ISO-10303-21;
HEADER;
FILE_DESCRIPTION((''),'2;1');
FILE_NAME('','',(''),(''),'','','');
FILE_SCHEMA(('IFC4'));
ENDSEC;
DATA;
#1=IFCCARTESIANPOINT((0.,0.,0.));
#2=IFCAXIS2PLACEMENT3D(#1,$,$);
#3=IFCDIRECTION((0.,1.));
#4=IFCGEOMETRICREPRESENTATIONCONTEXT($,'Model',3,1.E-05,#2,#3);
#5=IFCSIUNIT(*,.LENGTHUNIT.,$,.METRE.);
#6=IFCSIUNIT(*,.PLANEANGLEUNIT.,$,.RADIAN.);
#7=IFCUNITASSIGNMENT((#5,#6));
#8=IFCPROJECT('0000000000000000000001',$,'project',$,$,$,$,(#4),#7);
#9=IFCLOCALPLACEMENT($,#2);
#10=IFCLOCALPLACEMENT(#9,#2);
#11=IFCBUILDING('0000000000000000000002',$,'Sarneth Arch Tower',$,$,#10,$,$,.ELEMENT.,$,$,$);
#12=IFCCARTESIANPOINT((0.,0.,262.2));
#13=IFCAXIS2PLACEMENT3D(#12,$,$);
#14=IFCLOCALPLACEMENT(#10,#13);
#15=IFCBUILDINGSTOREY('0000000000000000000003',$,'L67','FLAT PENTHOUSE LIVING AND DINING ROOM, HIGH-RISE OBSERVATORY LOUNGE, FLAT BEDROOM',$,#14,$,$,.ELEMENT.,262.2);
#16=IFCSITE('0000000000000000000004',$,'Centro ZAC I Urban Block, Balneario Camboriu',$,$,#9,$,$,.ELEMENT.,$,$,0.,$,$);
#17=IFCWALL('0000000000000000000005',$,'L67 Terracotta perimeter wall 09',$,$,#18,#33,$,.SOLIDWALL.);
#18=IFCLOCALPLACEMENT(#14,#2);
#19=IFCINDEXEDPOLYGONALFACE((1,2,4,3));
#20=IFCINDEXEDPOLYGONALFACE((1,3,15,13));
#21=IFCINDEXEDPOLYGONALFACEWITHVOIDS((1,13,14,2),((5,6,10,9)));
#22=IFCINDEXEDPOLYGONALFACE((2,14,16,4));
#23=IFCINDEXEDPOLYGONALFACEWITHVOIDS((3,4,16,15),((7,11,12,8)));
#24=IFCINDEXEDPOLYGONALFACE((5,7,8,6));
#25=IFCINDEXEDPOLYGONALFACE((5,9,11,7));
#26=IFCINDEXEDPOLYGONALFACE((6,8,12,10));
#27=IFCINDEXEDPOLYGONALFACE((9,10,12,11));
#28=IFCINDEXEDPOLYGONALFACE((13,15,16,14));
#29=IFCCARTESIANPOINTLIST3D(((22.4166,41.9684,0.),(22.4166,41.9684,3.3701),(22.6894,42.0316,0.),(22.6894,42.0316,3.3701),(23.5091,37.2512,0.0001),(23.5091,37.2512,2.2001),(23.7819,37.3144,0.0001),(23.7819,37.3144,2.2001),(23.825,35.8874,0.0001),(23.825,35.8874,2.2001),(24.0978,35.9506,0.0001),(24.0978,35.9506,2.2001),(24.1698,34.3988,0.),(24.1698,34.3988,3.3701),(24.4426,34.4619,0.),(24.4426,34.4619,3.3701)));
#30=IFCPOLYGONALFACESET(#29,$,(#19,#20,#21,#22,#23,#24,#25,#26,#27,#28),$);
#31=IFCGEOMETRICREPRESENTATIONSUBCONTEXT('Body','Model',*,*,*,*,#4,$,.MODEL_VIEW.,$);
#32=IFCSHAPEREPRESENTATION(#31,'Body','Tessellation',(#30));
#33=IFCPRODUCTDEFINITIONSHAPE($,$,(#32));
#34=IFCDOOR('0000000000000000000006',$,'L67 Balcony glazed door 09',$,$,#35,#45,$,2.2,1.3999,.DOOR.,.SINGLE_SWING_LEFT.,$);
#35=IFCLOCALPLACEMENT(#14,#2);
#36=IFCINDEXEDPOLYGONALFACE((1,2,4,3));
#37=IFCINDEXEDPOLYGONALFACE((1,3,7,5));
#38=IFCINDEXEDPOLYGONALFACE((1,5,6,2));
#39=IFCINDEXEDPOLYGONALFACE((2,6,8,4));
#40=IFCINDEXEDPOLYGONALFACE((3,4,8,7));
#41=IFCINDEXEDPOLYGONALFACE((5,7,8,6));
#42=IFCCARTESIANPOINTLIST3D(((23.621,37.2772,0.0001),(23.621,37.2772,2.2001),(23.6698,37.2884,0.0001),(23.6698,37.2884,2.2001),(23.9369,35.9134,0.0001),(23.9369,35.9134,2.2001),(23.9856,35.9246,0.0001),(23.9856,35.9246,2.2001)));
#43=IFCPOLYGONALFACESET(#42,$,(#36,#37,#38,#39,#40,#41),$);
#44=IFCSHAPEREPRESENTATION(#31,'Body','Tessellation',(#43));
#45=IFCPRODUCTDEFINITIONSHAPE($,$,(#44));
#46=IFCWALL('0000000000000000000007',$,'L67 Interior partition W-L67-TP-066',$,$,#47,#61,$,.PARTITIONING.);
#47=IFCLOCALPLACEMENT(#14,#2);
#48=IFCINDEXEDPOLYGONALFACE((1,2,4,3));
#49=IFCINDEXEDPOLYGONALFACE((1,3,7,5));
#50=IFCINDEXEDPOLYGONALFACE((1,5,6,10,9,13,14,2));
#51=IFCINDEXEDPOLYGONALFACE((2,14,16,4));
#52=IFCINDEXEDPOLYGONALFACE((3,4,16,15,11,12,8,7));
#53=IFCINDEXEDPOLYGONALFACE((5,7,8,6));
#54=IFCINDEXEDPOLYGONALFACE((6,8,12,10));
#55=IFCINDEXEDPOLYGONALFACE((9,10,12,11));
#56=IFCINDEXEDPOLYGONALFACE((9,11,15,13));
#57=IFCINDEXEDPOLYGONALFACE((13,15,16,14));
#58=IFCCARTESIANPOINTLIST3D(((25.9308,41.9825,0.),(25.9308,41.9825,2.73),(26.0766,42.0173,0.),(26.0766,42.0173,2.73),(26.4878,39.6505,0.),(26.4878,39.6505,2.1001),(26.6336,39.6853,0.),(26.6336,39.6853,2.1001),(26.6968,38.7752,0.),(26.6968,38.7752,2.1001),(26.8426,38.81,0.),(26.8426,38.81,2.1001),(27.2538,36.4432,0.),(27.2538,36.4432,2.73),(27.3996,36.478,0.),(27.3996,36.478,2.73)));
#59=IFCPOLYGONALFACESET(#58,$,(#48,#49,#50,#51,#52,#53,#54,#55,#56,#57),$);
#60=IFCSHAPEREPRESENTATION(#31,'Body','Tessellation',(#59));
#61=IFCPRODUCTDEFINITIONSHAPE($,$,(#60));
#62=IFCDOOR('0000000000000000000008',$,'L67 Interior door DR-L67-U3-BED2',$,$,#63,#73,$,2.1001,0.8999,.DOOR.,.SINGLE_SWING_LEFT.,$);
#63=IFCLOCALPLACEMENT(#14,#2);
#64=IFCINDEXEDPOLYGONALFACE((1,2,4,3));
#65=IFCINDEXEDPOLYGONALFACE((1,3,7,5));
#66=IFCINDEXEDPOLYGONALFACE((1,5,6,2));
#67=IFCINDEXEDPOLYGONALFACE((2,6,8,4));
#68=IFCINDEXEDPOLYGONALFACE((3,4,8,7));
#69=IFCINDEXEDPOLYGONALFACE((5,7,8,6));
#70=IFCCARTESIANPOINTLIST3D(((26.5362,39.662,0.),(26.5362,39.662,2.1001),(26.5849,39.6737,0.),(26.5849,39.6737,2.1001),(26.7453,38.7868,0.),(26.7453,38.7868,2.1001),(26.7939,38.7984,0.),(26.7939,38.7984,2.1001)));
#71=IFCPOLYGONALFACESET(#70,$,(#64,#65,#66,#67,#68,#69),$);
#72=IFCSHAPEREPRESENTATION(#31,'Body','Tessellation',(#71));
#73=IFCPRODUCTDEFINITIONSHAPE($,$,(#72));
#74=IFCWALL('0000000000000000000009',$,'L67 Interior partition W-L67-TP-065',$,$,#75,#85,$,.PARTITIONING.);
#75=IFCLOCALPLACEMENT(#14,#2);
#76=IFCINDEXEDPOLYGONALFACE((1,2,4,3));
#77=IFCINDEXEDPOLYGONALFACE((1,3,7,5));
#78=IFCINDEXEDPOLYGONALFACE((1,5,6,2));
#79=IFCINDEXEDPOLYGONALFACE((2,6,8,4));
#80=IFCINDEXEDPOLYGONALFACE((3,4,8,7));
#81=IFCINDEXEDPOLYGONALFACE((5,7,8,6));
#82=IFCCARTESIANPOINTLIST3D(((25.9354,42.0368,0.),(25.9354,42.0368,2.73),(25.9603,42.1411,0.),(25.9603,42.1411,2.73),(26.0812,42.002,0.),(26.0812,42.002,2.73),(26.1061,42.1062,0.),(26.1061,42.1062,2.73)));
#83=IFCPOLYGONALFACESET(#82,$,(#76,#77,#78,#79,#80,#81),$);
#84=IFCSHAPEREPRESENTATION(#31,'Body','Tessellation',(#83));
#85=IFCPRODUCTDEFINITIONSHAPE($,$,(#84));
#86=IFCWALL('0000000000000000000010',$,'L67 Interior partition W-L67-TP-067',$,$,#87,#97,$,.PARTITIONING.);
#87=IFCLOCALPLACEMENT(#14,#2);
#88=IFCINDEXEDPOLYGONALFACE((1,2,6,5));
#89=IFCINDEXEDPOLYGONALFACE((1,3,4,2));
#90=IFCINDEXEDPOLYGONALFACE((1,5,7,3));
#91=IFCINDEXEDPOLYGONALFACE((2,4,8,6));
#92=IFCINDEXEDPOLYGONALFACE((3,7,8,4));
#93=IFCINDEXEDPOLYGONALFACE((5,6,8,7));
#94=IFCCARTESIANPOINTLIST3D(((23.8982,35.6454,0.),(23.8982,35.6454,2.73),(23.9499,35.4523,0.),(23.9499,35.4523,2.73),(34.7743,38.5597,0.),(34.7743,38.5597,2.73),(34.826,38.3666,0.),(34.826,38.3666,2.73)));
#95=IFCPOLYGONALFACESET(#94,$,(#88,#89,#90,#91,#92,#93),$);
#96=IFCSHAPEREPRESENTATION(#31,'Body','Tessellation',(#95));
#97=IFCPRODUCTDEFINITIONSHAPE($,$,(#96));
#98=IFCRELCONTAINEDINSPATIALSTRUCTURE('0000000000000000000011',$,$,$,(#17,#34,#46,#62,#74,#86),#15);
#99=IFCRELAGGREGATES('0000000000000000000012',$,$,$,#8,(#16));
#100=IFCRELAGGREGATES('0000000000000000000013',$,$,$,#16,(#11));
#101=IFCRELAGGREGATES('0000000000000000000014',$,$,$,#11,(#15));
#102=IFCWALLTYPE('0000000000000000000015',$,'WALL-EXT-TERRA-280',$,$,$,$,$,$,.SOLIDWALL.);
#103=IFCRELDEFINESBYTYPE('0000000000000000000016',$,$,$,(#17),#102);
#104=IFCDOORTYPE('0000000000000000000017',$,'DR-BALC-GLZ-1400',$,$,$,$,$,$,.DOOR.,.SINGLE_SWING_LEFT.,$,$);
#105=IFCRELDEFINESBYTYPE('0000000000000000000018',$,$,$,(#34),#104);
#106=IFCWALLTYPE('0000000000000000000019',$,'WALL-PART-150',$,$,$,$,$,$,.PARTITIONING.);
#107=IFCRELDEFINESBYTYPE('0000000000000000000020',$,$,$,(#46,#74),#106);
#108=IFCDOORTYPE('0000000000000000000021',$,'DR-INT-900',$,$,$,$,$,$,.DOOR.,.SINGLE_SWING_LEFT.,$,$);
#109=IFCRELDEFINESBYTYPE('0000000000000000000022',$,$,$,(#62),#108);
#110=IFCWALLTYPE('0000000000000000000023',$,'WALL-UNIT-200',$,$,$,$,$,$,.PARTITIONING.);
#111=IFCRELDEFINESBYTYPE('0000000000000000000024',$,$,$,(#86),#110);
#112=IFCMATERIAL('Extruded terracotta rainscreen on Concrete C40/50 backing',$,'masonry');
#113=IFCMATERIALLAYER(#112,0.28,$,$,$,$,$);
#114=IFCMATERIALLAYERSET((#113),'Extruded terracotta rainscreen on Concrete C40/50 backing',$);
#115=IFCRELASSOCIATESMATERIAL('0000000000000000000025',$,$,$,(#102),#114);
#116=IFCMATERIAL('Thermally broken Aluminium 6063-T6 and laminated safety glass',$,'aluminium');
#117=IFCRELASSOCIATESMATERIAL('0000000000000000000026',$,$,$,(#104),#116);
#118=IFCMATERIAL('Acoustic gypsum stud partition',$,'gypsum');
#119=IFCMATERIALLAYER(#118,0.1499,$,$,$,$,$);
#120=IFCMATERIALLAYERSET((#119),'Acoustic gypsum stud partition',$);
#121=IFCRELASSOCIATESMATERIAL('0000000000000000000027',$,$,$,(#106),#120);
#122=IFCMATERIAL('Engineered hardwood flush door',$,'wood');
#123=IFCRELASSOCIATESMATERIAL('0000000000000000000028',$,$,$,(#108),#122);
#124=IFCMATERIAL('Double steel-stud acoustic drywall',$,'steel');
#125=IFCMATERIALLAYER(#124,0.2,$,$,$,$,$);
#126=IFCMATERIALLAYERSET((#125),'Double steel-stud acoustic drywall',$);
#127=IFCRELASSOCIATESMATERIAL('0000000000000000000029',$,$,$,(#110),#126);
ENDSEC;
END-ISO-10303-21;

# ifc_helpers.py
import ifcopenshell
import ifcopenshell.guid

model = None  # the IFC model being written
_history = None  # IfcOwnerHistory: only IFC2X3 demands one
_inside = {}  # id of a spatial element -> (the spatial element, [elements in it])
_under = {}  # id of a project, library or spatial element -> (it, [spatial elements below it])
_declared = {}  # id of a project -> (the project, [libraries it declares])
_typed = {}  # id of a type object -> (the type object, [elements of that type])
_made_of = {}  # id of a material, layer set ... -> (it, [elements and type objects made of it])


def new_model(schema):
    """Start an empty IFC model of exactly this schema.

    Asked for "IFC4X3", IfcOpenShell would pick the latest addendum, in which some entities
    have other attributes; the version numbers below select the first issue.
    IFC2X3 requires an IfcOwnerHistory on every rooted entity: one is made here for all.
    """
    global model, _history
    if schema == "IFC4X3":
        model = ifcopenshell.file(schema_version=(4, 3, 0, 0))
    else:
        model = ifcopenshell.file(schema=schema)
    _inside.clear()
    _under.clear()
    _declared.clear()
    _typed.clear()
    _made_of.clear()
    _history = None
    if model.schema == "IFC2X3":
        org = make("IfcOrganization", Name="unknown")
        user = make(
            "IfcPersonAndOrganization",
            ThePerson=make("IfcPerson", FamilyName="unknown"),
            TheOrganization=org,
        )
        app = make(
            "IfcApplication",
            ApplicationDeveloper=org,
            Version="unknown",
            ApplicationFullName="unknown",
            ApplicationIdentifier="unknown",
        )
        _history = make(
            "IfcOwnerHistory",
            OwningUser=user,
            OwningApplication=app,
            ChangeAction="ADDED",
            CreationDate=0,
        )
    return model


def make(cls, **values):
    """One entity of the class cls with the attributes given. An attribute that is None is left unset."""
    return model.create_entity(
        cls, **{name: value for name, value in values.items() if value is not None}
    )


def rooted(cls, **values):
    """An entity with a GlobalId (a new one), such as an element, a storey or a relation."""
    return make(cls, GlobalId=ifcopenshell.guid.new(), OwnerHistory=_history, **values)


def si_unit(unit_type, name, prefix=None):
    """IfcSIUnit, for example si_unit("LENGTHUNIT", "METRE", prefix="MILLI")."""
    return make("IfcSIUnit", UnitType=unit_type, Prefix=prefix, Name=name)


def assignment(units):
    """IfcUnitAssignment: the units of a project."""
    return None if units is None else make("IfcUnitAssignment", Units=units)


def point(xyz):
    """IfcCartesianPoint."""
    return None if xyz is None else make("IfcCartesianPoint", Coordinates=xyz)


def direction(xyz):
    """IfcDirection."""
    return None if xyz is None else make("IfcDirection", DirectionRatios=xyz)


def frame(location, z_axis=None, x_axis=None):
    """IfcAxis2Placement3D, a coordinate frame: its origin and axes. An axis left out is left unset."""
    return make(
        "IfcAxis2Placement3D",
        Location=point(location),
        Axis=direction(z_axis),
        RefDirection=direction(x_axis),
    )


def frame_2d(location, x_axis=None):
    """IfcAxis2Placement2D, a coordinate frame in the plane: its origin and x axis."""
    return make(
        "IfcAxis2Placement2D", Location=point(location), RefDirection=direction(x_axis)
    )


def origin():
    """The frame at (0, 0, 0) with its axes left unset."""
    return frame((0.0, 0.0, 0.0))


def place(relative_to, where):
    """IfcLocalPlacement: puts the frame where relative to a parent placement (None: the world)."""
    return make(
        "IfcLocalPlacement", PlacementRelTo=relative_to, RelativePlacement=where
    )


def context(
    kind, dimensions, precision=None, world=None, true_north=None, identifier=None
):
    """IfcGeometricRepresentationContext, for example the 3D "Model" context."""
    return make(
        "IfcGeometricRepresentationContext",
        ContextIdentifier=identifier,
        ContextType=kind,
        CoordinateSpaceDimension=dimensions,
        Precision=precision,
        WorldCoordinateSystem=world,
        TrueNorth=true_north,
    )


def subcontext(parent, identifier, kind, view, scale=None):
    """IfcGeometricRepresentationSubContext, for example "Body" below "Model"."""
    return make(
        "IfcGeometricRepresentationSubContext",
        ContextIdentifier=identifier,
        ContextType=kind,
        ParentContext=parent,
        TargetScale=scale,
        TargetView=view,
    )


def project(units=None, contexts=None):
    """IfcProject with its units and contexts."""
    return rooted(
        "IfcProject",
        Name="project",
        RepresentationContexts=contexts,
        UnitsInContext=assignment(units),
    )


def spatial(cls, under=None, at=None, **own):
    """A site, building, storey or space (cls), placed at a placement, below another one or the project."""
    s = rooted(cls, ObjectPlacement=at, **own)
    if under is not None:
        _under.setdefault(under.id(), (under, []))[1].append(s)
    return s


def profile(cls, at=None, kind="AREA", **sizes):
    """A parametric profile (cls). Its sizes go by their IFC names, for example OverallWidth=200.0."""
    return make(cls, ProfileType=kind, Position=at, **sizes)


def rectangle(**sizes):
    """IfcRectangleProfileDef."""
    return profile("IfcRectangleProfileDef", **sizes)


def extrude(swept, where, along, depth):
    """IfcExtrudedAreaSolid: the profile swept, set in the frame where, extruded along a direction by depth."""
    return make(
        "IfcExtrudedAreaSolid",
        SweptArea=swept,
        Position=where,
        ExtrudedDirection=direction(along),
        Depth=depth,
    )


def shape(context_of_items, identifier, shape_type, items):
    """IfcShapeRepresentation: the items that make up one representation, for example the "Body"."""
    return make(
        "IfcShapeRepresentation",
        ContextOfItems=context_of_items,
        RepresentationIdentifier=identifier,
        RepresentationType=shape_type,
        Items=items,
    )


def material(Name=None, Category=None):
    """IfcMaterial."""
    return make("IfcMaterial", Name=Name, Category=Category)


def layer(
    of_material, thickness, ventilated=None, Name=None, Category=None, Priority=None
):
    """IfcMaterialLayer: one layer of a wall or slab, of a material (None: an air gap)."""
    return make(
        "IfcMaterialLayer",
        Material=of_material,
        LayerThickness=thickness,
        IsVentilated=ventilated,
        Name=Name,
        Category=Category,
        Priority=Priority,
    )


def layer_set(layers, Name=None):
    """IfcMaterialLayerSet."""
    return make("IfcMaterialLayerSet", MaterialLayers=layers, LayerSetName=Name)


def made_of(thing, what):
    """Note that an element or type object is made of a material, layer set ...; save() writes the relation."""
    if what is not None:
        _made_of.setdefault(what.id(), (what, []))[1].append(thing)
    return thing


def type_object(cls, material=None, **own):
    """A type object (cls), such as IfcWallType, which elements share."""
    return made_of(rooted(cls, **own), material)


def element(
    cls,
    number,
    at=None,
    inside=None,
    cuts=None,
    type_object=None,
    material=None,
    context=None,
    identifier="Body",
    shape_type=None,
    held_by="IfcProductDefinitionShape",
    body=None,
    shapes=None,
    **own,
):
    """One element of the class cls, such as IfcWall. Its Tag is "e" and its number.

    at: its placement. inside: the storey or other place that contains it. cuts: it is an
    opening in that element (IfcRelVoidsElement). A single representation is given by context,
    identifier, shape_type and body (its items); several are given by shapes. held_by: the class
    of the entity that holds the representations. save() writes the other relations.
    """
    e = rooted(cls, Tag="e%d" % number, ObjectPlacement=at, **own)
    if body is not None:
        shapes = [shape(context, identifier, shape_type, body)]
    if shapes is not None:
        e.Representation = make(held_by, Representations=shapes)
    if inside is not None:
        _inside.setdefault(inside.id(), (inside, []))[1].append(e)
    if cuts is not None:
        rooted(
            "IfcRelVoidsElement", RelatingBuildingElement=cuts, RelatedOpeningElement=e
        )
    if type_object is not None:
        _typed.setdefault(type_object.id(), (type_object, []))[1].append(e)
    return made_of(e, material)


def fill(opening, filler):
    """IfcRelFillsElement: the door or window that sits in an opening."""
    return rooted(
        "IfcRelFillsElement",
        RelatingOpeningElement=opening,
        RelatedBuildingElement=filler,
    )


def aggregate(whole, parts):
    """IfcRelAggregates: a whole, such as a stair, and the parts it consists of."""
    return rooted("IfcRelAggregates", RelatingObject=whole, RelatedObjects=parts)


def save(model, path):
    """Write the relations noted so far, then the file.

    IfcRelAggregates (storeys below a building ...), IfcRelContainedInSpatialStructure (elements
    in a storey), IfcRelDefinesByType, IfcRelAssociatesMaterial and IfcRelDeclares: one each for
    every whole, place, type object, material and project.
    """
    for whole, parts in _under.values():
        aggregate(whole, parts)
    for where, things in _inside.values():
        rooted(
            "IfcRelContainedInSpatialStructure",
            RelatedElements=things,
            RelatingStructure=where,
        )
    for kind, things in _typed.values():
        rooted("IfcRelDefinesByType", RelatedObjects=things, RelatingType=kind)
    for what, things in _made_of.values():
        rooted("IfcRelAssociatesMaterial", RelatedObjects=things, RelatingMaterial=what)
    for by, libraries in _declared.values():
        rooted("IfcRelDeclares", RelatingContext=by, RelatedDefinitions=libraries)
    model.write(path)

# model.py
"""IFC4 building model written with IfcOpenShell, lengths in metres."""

from ifc_helpers import new_model, si_unit, direction, frame, frame_2d, origin, place, context, subcontext, project, spatial, rectangle, extrude, material, layer, layer_set, type_object, element, fill, save


model = new_model("IFC4")

# Units and contexts
model_context = context("Model", 3, precision=1e-05, world=origin(), true_north=direction((0.0, 1.0)))
body_context = subcontext(model_context, "Body", "Model", "MODEL_VIEW")
ifc_project = project(units=[si_unit("LENGTHUNIT", "METRE"), si_unit("PLANEANGLEUNIT", "RADIAN")], contexts=[model_context])

# Site, building, storey
site_placement = place(None, origin())
site = spatial("IfcSite", under=ifc_project, at=site_placement, Name="Centro ZAC I Urban Block, Balneario Camboriu", CompositionType="ELEMENT", RefElevation=0.0)
building_placement = place(site_placement, origin())
building = spatial("IfcBuilding", under=site, at=building_placement, Name="Sarneth Arch Tower", CompositionType="ELEMENT")
storey_placement = place(building_placement, frame((0.0, 0.0, 262.2)))
storey = spatial("IfcBuildingStorey", under=building, at=storey_placement, Name="L67", Description="FLAT PENTHOUSE LIVING AND DINING ROOM, HIGH-RISE OBSERVATORY LOUNGE, FLAT BEDROOM", CompositionType="ELEMENT", Elevation=262.2)

# Walls, openings, doors
ifc_material_1 = material(Name="Extruded terracotta rainscreen on Concrete C40/50 backing", Category="masonry")
ifc_layer_1 = layer(ifc_material_1, 0.28)
ifc_layer_set_1 = layer_set([ifc_layer_1], Name="Extruded terracotta rainscreen on Concrete C40/50 backing")
wall_type_1 = type_object("IfcWallType", Name="WALL-EXT-TERRA-280", PredefinedType="SOLIDWALL", material=ifc_layer_set_1)
wall_1_placement = place(storey_placement, frame((22.553, 42.0, 0.0), z_axis=(0.0, 0.0, 1.0), x_axis=(0.225635, -0.974212, 0.0)))
wall_1 = element("IfcWall", 1, at=wall_1_placement, inside=storey, type_object=wall_type_1, Name="L67 Terracotta perimeter wall 09", PredefinedType="SOLIDWALL", context=body_context, shape_type="SweptSolid", body=[
    extrude(rectangle(XDim=7.77, YDim=0.28, at=frame_2d((3.885, 0.0))), origin(), (0.0, 0.0, 1.0), 3.3701),
])
opening_1_placement = place(wall_1_placement, frame((4.842, 0.0, 0.0)))
opening_1 = element("IfcOpeningElement", 2, at=opening_1_placement, cuts=wall_1, PredefinedType="OPENING", context=body_context, shape_type="SweptSolid", body=[
    extrude(rectangle(XDim=1.3999, YDim=2.2, at=frame_2d((0.7, 1.1001))), frame((0.0, 0.1499, 0.0), z_axis=(0.0, -1.0, 0.0), x_axis=(1.0, 0.0, 0.0)), (0.0, 0.0, 1.0), 0.3),
])
ifc_material_2 = material(Name="Thermally broken Aluminium 6063-T6 and laminated safety glass", Category="aluminium")
door_type_1 = type_object("IfcDoorType", Name="DR-BALC-GLZ-1400", OperationType="SINGLE_SWING_LEFT", PredefinedType="DOOR", material=ifc_material_2)
door_1_placement = place(opening_1_placement, origin())
door_1 = element("IfcDoor", 3, at=door_1_placement, inside=storey, type_object=door_type_1, Name="L67 Balcony glazed door 09", OperationType="SINGLE_SWING_LEFT", OverallHeight=2.2, OverallWidth=1.3999, PredefinedType="DOOR", context=body_context, shape_type="SweptSolid", body=[
    extrude(rectangle(XDim=1.3999, YDim=2.2, at=frame_2d((0.7, 1.1001))), frame((0.0, 0.0249, 0.0), z_axis=(0.0, -1.0, 0.0), x_axis=(1.0, 0.0, 0.0)), (0.0, 0.0, 1.0), 0.05),
])
fill(opening_1, door_1)
ifc_material_3 = material(Name="Acoustic gypsum stud partition", Category="gypsum")
ifc_layer_2 = layer(ifc_material_3, 0.1499)
ifc_layer_set_2 = layer_set([ifc_layer_2], Name="Acoustic gypsum stud partition")
wall_type_2 = type_object("IfcWallType", Name="WALL-PART-150", PredefinedType="PARTITIONING", material=ifc_layer_set_2)
wall_2_placement = place(storey_placement, frame((26.0037, 42.0, 0.0), z_axis=(0.0, 0.0, 1.0), x_axis=(0.232304, -0.972643, 0.0)))
wall_2 = element("IfcWall", 4, at=wall_2_placement, inside=storey, type_object=wall_type_2, Name="L67 Interior partition W-L67-TP-066", PredefinedType="PARTITIONING", context=body_context, shape_type="SweptSolid", body=[
    extrude(rectangle(XDim=5.6951, YDim=0.1499, at=frame_2d((2.8477, 0.0))), origin(), (0.0, 0.0, 1.0), 2.73),
])
opening_2_placement = place(wall_2_placement, frame((2.3977, 0.0, 0.0)))
opening_2 = element("IfcOpeningElement", 5, at=opening_2_placement, cuts=wall_2, PredefinedType="OPENING", context=body_context, shape_type="SweptSolid", body=[
    extrude(rectangle(XDim=0.8999, YDim=2.1001, at=frame_2d((0.45, 1.05))), frame((0.0, 0.085, 0.0), z_axis=(0.0, -1.0, 0.0), x_axis=(1.0, 0.0, 0.0)), (0.0, 0.0, 1.0), 0.1699),
])
ifc_material_4 = material(Name="Engineered hardwood flush door", Category="wood")
door_type_2 = type_object("IfcDoorType", Name="DR-INT-900", OperationType="SINGLE_SWING_LEFT", PredefinedType="DOOR", material=ifc_material_4)
door_2_placement = place(opening_2_placement, origin())
door_2 = element("IfcDoor", 6, at=door_2_placement, inside=storey, type_object=door_type_2, Name="L67 Interior door DR-L67-U3-BED2", OperationType="SINGLE_SWING_LEFT", OverallHeight=2.1001, OverallWidth=0.8999, PredefinedType="DOOR", context=body_context, shape_type="SweptSolid", body=[
    extrude(rectangle(XDim=0.8999, YDim=2.1001, at=frame_2d((0.45, 1.05))), frame((0.0, 0.0249, 0.0), z_axis=(0.0, -1.0, 0.0), x_axis=(1.0, 0.0, 0.0)), (0.0, 0.0, 1.0), 0.05),
])
fill(opening_2, door_2)

# Walls
wall_3_placement = place(storey_placement, frame((26.0332, 42.1238, 0.0), z_axis=(0.0, 0.0, 1.0), x_axis=(-0.232339, -0.972635, 0.0)))
element("IfcWall", 7, at=wall_3_placement, inside=storey, type_object=wall_type_2, Name="L67 Interior partition W-L67-TP-065", PredefinedType="PARTITIONING", context=body_context, shape_type="SweptSolid", body=[
    extrude(rectangle(XDim=0.1072, YDim=0.1499, at=frame_2d((0.0537, 0.0))), origin(), (0.0, 0.0, 1.0), 2.73),
])
ifc_material_5 = material(Name="Double steel-stud acoustic drywall", Category="steel")
ifc_layer_3 = layer(ifc_material_5, 0.2)
ifc_layer_set_3 = layer_set([ifc_layer_3], Name="Double steel-stud acoustic drywall")
wall_type_3 = type_object("IfcWallType", Name="WALL-UNIT-200", PredefinedType="PARTITIONING", material=ifc_layer_set_3)
wall_4_placement = place(storey_placement, frame((23.9241, 35.5488, 0.0), z_axis=(0.0, 0.0, 1.0), x_axis=(0.965924, 0.258827, 0.0)))
element("IfcWall", 8, at=wall_4_placement, inside=storey, type_object=wall_type_3, Name="L67 Interior partition W-L67-TP-067", PredefinedType="PARTITIONING", context=body_context, shape_type="SweptSolid", body=[
    extrude(rectangle(XDim=11.2598, YDim=0.2, at=frame_2d((5.6299, 0.0))), origin(), (0.0, 0.0, 1.0), 2.73),
])

save(model, "model.ifc")
